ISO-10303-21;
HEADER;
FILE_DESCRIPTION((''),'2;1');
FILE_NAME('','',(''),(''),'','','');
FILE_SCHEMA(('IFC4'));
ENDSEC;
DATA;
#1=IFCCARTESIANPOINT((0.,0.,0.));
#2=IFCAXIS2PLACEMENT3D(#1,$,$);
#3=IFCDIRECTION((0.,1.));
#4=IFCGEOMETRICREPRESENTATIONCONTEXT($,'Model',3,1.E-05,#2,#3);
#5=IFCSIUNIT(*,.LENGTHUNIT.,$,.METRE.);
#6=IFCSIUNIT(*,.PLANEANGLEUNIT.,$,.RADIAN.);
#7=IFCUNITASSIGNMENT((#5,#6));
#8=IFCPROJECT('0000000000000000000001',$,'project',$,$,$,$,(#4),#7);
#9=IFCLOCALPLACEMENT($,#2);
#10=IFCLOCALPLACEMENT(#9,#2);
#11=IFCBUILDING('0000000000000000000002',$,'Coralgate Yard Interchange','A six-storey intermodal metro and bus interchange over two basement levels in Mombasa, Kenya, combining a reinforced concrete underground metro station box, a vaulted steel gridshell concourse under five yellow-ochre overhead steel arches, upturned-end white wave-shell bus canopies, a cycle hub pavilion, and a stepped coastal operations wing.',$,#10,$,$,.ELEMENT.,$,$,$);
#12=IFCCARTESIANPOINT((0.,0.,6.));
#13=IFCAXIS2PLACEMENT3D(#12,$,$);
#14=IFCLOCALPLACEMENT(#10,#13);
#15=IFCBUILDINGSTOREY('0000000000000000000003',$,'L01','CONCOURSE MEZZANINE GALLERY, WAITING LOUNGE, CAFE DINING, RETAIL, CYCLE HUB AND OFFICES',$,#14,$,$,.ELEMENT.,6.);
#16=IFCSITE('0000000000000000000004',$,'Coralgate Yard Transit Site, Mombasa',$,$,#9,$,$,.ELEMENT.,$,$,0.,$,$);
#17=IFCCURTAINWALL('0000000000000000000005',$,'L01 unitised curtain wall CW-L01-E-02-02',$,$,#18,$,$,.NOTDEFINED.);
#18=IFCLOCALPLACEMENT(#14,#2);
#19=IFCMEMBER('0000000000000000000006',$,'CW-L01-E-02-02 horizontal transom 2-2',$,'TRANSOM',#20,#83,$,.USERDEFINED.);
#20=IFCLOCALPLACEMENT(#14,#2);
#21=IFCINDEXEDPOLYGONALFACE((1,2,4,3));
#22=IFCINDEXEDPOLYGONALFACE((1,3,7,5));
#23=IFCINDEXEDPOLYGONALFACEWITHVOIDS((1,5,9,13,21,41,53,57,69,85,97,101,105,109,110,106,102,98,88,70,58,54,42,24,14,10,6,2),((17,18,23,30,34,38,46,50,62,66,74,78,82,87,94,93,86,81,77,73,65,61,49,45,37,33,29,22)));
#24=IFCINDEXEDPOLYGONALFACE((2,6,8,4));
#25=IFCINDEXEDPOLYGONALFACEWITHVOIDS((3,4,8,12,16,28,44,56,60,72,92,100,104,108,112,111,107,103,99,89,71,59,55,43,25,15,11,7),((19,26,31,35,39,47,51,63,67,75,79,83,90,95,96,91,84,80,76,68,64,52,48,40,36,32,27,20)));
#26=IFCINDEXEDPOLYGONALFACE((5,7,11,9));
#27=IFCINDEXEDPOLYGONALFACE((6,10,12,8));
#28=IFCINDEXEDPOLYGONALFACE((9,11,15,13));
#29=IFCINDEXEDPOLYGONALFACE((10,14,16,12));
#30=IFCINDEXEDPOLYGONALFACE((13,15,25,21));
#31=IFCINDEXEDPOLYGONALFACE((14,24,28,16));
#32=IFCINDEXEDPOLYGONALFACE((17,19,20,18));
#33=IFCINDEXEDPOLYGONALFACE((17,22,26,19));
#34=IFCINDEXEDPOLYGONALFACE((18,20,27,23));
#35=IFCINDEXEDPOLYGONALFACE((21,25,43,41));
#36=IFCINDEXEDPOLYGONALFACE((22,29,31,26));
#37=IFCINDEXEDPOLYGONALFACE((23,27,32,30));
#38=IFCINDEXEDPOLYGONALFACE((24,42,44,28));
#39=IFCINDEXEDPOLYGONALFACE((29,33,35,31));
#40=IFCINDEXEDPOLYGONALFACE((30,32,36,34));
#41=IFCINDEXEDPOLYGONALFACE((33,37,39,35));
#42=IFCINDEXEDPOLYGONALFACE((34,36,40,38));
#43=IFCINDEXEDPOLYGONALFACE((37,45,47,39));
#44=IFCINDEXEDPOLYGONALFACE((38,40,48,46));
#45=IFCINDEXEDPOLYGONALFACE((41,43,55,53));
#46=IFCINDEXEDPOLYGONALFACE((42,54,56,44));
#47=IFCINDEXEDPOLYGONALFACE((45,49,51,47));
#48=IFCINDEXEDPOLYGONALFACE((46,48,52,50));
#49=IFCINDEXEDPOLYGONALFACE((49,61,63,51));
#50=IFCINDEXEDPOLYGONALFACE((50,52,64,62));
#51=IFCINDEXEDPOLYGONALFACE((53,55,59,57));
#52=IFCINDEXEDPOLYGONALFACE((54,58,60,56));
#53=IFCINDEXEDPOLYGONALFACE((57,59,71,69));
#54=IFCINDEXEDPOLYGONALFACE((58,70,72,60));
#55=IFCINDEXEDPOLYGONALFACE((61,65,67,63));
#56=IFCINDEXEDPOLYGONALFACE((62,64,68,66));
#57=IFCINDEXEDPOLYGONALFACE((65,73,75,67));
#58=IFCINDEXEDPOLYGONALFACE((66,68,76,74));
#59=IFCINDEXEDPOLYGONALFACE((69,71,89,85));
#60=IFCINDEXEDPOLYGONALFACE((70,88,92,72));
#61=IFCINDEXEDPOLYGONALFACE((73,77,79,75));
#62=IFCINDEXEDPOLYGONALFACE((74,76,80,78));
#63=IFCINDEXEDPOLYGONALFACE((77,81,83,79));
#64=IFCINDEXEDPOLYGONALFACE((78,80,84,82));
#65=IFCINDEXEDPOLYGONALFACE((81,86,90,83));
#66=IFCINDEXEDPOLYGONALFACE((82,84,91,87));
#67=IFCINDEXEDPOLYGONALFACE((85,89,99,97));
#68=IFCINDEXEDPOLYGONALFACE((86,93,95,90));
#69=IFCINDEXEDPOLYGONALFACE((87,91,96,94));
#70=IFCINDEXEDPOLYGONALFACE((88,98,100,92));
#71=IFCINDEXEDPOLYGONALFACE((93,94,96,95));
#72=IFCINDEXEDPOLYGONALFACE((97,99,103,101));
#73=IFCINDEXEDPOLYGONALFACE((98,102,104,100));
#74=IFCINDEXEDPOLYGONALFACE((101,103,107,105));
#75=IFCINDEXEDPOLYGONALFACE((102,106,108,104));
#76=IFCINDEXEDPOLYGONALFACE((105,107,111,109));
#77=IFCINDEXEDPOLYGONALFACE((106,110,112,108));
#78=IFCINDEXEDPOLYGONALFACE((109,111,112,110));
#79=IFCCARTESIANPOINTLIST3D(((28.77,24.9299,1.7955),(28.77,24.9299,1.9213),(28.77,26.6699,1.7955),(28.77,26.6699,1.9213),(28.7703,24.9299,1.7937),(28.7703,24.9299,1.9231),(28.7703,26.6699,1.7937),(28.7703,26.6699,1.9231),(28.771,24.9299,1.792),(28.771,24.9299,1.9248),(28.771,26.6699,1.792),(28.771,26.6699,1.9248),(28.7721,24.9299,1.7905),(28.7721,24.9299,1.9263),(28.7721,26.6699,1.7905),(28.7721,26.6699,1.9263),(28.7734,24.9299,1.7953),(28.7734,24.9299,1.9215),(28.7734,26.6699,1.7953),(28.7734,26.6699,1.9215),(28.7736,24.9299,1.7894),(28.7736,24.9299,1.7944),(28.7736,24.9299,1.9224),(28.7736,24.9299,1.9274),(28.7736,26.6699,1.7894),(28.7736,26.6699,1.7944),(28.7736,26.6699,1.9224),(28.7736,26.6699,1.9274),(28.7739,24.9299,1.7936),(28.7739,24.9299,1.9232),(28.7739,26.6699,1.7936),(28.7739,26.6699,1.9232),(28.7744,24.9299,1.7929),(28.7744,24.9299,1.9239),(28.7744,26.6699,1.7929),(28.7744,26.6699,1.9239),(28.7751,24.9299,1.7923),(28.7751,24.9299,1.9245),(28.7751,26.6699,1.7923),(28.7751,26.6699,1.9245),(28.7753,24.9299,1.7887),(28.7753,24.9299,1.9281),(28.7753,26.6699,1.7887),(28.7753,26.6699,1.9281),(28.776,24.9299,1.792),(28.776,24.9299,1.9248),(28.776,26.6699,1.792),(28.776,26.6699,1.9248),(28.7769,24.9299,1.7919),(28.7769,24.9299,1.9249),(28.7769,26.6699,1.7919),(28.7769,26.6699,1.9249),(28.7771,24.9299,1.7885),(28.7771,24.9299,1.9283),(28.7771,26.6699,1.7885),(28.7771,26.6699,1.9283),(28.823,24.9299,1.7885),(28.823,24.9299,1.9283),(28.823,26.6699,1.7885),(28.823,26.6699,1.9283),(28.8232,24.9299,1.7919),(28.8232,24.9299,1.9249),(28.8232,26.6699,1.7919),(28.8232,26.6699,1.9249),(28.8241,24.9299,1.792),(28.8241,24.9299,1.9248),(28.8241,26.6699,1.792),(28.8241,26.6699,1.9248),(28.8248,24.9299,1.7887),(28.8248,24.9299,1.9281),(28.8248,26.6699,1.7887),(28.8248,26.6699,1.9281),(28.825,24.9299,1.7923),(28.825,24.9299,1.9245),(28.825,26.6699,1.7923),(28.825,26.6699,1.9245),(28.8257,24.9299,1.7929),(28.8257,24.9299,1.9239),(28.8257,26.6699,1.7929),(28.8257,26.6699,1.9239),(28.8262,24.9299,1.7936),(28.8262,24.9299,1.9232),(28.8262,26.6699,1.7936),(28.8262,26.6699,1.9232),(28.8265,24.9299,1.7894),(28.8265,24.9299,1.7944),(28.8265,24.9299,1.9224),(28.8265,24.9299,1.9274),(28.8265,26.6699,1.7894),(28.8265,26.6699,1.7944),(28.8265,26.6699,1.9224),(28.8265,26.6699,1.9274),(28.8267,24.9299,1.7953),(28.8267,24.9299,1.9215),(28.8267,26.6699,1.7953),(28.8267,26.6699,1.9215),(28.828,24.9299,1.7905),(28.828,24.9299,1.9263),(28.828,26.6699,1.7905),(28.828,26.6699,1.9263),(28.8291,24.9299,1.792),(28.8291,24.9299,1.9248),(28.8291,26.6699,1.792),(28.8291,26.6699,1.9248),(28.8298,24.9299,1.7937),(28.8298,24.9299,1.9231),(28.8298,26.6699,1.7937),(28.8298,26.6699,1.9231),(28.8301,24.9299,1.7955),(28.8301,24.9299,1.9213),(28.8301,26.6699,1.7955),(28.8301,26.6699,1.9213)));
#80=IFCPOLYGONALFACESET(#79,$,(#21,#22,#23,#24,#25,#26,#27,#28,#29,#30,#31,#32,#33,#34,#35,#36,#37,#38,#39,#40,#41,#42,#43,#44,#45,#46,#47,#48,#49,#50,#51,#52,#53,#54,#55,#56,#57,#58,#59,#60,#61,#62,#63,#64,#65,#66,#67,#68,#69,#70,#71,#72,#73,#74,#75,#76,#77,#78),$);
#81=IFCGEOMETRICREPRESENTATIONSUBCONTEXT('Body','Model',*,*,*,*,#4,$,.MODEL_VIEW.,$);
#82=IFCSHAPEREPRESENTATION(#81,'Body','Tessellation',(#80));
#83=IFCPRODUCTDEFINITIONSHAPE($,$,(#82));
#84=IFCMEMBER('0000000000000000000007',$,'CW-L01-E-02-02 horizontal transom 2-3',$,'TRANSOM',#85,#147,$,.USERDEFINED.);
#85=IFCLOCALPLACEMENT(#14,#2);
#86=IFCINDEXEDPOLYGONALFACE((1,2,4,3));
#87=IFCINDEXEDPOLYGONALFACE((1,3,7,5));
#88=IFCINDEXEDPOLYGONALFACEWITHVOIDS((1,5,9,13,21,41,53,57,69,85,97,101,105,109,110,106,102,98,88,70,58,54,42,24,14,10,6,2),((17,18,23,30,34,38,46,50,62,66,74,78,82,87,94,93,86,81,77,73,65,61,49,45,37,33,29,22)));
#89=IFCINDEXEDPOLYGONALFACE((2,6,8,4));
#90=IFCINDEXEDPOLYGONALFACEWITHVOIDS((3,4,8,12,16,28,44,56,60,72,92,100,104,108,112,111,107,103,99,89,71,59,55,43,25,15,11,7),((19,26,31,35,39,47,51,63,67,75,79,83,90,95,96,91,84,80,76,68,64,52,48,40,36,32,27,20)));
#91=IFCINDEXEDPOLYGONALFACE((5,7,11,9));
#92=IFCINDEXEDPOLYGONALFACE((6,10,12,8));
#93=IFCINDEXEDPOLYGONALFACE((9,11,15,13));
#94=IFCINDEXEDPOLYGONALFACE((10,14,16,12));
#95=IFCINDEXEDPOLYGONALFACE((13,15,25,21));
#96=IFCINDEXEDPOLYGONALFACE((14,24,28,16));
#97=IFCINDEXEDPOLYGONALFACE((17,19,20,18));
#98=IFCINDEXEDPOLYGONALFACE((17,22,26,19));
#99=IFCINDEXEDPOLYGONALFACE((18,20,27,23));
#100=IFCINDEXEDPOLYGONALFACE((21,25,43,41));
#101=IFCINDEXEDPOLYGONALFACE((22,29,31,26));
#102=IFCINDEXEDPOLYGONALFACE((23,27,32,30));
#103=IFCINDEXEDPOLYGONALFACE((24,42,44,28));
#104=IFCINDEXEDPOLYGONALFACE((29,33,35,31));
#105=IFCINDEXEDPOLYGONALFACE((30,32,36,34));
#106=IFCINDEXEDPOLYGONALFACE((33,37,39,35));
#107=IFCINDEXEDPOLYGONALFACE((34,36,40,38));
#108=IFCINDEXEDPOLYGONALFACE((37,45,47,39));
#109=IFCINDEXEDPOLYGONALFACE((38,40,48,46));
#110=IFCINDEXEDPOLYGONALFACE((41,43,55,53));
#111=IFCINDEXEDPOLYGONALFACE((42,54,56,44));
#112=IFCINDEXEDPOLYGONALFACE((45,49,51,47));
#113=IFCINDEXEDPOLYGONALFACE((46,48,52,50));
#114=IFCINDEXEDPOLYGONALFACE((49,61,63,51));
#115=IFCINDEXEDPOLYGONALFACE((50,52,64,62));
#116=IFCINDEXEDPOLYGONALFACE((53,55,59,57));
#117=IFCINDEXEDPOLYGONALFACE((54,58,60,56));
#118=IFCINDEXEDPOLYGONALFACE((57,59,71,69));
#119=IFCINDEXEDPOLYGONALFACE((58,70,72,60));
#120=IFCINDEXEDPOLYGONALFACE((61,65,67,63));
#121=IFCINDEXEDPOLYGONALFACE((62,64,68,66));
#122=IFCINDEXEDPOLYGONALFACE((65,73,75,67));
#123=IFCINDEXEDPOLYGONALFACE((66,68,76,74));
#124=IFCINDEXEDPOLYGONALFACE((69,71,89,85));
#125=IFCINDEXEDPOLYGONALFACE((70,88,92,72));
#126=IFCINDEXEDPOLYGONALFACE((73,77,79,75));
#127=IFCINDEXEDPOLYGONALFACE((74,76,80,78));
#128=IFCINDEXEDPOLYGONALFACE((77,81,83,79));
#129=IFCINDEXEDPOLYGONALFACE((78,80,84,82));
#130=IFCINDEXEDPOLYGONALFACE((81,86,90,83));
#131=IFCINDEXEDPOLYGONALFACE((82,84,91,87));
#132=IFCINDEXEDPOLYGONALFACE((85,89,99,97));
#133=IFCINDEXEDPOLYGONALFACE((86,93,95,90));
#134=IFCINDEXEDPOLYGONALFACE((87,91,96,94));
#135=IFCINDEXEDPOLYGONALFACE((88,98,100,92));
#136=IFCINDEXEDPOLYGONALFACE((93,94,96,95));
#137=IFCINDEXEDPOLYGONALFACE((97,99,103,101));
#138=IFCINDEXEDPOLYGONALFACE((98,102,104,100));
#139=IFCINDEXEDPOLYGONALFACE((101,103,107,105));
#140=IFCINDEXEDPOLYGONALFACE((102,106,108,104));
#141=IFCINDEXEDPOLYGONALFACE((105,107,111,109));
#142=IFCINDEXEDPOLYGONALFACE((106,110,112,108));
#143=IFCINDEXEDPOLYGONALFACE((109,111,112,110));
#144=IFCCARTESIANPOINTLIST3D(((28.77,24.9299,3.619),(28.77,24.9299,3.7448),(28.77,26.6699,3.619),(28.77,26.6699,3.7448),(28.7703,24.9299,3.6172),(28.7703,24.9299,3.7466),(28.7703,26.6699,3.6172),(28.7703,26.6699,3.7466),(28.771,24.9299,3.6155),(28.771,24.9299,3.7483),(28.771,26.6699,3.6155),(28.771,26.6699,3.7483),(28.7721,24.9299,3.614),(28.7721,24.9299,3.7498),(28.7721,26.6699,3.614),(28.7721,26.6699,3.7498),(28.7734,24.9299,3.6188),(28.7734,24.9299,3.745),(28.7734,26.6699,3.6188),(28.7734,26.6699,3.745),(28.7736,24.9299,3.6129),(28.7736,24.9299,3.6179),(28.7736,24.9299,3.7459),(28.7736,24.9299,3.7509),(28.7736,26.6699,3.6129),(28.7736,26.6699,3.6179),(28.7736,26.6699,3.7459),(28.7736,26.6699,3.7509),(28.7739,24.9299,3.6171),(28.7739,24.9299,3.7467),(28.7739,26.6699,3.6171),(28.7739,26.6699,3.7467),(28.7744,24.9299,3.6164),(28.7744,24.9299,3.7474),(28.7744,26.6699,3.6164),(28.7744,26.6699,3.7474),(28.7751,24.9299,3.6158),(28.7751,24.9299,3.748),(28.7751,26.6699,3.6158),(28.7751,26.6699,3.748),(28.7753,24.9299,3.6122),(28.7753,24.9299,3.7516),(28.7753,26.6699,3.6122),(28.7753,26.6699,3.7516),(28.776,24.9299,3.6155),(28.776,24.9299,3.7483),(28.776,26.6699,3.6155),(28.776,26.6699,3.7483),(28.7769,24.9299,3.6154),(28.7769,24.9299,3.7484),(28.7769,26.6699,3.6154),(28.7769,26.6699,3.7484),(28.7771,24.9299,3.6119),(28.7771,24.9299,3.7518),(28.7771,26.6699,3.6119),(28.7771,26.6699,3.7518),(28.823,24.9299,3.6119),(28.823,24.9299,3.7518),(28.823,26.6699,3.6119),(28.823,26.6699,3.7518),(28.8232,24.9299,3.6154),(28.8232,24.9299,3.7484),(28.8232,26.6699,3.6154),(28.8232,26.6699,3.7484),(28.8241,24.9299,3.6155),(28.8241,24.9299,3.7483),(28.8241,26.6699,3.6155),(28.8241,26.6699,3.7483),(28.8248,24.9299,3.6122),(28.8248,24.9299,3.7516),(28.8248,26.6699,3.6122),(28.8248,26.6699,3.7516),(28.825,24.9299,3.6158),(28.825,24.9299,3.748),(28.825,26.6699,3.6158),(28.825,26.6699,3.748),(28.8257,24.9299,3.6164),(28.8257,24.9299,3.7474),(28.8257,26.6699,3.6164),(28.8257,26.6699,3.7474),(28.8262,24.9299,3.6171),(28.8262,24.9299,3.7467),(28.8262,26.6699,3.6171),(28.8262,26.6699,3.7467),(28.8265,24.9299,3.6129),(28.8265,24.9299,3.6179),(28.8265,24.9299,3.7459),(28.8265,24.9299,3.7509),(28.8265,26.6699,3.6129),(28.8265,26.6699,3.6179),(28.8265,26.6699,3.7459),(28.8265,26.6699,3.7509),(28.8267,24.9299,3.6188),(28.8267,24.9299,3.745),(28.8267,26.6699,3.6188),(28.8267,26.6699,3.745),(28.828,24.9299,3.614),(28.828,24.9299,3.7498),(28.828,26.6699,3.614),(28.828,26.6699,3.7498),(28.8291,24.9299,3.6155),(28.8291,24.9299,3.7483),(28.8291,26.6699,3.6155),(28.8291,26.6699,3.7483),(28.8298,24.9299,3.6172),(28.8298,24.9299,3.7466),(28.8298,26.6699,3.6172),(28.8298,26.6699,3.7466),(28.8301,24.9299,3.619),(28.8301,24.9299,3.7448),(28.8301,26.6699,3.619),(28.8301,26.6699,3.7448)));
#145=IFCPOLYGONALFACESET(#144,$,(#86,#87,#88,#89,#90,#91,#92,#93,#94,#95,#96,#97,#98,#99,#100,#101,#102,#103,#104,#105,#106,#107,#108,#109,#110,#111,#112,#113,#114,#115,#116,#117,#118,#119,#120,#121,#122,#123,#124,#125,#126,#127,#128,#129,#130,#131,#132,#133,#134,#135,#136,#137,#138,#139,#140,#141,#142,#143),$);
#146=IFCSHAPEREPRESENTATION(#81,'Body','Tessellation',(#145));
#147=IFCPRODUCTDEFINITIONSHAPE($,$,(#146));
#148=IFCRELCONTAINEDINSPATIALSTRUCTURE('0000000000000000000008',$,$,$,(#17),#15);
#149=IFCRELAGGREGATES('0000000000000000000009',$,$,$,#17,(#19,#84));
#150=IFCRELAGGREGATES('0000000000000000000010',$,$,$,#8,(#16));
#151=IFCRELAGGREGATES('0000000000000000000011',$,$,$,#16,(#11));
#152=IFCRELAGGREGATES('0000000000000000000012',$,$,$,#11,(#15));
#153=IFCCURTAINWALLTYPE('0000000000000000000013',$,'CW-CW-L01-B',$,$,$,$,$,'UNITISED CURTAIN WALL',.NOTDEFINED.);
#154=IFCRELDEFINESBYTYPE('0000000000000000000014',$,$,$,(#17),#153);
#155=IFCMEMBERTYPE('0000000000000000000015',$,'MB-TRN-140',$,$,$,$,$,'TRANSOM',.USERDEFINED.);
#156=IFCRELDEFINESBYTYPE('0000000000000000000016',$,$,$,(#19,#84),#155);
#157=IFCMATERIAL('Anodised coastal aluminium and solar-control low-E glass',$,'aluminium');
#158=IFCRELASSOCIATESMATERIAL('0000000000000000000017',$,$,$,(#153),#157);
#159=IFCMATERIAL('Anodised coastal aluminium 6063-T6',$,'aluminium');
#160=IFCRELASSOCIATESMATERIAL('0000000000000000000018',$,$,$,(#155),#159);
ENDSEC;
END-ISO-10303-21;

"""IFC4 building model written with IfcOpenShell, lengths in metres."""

from ifc_helpers import new_model, si_unit, direction, frame, origin, origin_2d, place, context, subcontext, project, spatial, hollow_rectangle, extrude, material, material_profile, profile_set, type_object, element, aggregate, save


model = new_model("IFC4")

# Units and contexts
model_context = context("Model", 3, precision=1e-05, world=origin(), true_north=direction((0.0, 1.0)))
body_context = subcontext(model_context, "Body", "Model", "MODEL_VIEW")
ifc_project = project(units=[si_unit("LENGTHUNIT", "METRE"), si_unit("PLANEANGLEUNIT", "RADIAN")], contexts=[model_context])

# Site, building, storey
site_placement = place(None, origin())
site = spatial("IfcSite", under=ifc_project, at=site_placement, Name="Coralgate Yard Transit Site, Mombasa", CompositionType="ELEMENT", RefElevation=0.0)
building_placement = place(site_placement, origin())
building = spatial("IfcBuilding", under=site, at=building_placement, Name="Coralgate Yard Interchange", Description="A six-storey intermodal metro and bus interchange over two basement levels in Mombasa, Kenya, combining a reinforced concrete underground metro station box, a vaulted steel gridshell concourse under five yellow-ochre overhead steel arches, upturned-end white wave-shell bus canopies, a cycle hub pavilion, and a stepped coastal operations wing.", CompositionType="ELEMENT")
storey_placement = place(building_placement, frame((0.0, 0.0, 6.0)))
storey = spatial("IfcBuildingStorey", under=building, at=storey_placement, Name="L01", Description="CONCOURSE MEZZANINE GALLERY, WAITING LOUNGE, CAFE DINING, RETAIL, CYCLE HUB AND OFFICES", CompositionType="ELEMENT", Elevation=6.0)

# Curtain wall
ifc_material_1 = material(Name="Anodised coastal aluminium and solar-control low-E glass", Category="aluminium")
curtain_wall_type_1 = type_object("IfcCurtainWallType", Name="CW-CW-L01-B", ElementType="UNITISED CURTAIN WALL", PredefinedType="NOTDEFINED", material=ifc_material_1)
curtain_wall_1_placement = place(storey_placement, origin())
curtain_wall_1 = element("IfcCurtainWall", 1, at=curtain_wall_1_placement, inside=storey, type_object=curtain_wall_type_1, Name="L01 unitised curtain wall CW-L01-E-02-02", PredefinedType="NOTDEFINED")
ifc_material_2 = material(Name="Anodised coastal aluminium 6063-T6", Category="aluminium")

# Members
ifc_material_profile_1 = material_profile(ifc_material_2, hollow_rectangle(XDim=0.0601, YDim=0.1399, WallThickness=0.0034, InnerFilletRadius=0.0034, OuterFilletRadius=0.0071, at=origin_2d()), Name="ALU 60x140x3.5")
ifc_profile_set_1 = profile_set([ifc_material_profile_1], Name="Anodised coastal aluminium 6063-T6")
member_type_1 = type_object("IfcMemberType", Name="MB-TRN-140", ElementType="TRANSOM", PredefinedType="USERDEFINED", material=ifc_profile_set_1)
member_1_placement = place(storey_placement, frame((28.8, 26.6699, 1.8584), z_axis=(0.0, -1.0, 0.0), x_axis=(1.0, 0.0, 0.0)))
member_1 = element("IfcMember", 2, at=member_1_placement, type_object=member_type_1, Name="CW-L01-E-02-02 horizontal transom 2-2", ObjectType="TRANSOM", PredefinedType="USERDEFINED", context=body_context, shape_type="SweptSolid", body=[
    extrude(hollow_rectangle(XDim=0.0601, YDim=0.1399, WallThickness=0.0034, InnerFilletRadius=0.0034, OuterFilletRadius=0.0071, at=origin_2d()), origin(), (0.0, 0.0, 1.0), 1.74),
])
member_2_placement = place(storey_placement, frame((28.8, 26.6699, 3.6819), z_axis=(0.0, -1.0, 0.0), x_axis=(1.0, 0.0, 0.0)))
member_2 = element("IfcMember", 3, at=member_2_placement, type_object=member_type_1, Name="CW-L01-E-02-02 horizontal transom 2-3", ObjectType="TRANSOM", PredefinedType="USERDEFINED", context=body_context, shape_type="SweptSolid", body=[
    extrude(hollow_rectangle(XDim=0.0601, YDim=0.1399, WallThickness=0.0034, InnerFilletRadius=0.0034, OuterFilletRadius=0.0071, at=origin_2d()), origin(), (0.0, 0.0, 1.0), 1.74),
])

aggregate(curtain_wall_1, [member_1, member_2])

save(model, "model.ifc")
